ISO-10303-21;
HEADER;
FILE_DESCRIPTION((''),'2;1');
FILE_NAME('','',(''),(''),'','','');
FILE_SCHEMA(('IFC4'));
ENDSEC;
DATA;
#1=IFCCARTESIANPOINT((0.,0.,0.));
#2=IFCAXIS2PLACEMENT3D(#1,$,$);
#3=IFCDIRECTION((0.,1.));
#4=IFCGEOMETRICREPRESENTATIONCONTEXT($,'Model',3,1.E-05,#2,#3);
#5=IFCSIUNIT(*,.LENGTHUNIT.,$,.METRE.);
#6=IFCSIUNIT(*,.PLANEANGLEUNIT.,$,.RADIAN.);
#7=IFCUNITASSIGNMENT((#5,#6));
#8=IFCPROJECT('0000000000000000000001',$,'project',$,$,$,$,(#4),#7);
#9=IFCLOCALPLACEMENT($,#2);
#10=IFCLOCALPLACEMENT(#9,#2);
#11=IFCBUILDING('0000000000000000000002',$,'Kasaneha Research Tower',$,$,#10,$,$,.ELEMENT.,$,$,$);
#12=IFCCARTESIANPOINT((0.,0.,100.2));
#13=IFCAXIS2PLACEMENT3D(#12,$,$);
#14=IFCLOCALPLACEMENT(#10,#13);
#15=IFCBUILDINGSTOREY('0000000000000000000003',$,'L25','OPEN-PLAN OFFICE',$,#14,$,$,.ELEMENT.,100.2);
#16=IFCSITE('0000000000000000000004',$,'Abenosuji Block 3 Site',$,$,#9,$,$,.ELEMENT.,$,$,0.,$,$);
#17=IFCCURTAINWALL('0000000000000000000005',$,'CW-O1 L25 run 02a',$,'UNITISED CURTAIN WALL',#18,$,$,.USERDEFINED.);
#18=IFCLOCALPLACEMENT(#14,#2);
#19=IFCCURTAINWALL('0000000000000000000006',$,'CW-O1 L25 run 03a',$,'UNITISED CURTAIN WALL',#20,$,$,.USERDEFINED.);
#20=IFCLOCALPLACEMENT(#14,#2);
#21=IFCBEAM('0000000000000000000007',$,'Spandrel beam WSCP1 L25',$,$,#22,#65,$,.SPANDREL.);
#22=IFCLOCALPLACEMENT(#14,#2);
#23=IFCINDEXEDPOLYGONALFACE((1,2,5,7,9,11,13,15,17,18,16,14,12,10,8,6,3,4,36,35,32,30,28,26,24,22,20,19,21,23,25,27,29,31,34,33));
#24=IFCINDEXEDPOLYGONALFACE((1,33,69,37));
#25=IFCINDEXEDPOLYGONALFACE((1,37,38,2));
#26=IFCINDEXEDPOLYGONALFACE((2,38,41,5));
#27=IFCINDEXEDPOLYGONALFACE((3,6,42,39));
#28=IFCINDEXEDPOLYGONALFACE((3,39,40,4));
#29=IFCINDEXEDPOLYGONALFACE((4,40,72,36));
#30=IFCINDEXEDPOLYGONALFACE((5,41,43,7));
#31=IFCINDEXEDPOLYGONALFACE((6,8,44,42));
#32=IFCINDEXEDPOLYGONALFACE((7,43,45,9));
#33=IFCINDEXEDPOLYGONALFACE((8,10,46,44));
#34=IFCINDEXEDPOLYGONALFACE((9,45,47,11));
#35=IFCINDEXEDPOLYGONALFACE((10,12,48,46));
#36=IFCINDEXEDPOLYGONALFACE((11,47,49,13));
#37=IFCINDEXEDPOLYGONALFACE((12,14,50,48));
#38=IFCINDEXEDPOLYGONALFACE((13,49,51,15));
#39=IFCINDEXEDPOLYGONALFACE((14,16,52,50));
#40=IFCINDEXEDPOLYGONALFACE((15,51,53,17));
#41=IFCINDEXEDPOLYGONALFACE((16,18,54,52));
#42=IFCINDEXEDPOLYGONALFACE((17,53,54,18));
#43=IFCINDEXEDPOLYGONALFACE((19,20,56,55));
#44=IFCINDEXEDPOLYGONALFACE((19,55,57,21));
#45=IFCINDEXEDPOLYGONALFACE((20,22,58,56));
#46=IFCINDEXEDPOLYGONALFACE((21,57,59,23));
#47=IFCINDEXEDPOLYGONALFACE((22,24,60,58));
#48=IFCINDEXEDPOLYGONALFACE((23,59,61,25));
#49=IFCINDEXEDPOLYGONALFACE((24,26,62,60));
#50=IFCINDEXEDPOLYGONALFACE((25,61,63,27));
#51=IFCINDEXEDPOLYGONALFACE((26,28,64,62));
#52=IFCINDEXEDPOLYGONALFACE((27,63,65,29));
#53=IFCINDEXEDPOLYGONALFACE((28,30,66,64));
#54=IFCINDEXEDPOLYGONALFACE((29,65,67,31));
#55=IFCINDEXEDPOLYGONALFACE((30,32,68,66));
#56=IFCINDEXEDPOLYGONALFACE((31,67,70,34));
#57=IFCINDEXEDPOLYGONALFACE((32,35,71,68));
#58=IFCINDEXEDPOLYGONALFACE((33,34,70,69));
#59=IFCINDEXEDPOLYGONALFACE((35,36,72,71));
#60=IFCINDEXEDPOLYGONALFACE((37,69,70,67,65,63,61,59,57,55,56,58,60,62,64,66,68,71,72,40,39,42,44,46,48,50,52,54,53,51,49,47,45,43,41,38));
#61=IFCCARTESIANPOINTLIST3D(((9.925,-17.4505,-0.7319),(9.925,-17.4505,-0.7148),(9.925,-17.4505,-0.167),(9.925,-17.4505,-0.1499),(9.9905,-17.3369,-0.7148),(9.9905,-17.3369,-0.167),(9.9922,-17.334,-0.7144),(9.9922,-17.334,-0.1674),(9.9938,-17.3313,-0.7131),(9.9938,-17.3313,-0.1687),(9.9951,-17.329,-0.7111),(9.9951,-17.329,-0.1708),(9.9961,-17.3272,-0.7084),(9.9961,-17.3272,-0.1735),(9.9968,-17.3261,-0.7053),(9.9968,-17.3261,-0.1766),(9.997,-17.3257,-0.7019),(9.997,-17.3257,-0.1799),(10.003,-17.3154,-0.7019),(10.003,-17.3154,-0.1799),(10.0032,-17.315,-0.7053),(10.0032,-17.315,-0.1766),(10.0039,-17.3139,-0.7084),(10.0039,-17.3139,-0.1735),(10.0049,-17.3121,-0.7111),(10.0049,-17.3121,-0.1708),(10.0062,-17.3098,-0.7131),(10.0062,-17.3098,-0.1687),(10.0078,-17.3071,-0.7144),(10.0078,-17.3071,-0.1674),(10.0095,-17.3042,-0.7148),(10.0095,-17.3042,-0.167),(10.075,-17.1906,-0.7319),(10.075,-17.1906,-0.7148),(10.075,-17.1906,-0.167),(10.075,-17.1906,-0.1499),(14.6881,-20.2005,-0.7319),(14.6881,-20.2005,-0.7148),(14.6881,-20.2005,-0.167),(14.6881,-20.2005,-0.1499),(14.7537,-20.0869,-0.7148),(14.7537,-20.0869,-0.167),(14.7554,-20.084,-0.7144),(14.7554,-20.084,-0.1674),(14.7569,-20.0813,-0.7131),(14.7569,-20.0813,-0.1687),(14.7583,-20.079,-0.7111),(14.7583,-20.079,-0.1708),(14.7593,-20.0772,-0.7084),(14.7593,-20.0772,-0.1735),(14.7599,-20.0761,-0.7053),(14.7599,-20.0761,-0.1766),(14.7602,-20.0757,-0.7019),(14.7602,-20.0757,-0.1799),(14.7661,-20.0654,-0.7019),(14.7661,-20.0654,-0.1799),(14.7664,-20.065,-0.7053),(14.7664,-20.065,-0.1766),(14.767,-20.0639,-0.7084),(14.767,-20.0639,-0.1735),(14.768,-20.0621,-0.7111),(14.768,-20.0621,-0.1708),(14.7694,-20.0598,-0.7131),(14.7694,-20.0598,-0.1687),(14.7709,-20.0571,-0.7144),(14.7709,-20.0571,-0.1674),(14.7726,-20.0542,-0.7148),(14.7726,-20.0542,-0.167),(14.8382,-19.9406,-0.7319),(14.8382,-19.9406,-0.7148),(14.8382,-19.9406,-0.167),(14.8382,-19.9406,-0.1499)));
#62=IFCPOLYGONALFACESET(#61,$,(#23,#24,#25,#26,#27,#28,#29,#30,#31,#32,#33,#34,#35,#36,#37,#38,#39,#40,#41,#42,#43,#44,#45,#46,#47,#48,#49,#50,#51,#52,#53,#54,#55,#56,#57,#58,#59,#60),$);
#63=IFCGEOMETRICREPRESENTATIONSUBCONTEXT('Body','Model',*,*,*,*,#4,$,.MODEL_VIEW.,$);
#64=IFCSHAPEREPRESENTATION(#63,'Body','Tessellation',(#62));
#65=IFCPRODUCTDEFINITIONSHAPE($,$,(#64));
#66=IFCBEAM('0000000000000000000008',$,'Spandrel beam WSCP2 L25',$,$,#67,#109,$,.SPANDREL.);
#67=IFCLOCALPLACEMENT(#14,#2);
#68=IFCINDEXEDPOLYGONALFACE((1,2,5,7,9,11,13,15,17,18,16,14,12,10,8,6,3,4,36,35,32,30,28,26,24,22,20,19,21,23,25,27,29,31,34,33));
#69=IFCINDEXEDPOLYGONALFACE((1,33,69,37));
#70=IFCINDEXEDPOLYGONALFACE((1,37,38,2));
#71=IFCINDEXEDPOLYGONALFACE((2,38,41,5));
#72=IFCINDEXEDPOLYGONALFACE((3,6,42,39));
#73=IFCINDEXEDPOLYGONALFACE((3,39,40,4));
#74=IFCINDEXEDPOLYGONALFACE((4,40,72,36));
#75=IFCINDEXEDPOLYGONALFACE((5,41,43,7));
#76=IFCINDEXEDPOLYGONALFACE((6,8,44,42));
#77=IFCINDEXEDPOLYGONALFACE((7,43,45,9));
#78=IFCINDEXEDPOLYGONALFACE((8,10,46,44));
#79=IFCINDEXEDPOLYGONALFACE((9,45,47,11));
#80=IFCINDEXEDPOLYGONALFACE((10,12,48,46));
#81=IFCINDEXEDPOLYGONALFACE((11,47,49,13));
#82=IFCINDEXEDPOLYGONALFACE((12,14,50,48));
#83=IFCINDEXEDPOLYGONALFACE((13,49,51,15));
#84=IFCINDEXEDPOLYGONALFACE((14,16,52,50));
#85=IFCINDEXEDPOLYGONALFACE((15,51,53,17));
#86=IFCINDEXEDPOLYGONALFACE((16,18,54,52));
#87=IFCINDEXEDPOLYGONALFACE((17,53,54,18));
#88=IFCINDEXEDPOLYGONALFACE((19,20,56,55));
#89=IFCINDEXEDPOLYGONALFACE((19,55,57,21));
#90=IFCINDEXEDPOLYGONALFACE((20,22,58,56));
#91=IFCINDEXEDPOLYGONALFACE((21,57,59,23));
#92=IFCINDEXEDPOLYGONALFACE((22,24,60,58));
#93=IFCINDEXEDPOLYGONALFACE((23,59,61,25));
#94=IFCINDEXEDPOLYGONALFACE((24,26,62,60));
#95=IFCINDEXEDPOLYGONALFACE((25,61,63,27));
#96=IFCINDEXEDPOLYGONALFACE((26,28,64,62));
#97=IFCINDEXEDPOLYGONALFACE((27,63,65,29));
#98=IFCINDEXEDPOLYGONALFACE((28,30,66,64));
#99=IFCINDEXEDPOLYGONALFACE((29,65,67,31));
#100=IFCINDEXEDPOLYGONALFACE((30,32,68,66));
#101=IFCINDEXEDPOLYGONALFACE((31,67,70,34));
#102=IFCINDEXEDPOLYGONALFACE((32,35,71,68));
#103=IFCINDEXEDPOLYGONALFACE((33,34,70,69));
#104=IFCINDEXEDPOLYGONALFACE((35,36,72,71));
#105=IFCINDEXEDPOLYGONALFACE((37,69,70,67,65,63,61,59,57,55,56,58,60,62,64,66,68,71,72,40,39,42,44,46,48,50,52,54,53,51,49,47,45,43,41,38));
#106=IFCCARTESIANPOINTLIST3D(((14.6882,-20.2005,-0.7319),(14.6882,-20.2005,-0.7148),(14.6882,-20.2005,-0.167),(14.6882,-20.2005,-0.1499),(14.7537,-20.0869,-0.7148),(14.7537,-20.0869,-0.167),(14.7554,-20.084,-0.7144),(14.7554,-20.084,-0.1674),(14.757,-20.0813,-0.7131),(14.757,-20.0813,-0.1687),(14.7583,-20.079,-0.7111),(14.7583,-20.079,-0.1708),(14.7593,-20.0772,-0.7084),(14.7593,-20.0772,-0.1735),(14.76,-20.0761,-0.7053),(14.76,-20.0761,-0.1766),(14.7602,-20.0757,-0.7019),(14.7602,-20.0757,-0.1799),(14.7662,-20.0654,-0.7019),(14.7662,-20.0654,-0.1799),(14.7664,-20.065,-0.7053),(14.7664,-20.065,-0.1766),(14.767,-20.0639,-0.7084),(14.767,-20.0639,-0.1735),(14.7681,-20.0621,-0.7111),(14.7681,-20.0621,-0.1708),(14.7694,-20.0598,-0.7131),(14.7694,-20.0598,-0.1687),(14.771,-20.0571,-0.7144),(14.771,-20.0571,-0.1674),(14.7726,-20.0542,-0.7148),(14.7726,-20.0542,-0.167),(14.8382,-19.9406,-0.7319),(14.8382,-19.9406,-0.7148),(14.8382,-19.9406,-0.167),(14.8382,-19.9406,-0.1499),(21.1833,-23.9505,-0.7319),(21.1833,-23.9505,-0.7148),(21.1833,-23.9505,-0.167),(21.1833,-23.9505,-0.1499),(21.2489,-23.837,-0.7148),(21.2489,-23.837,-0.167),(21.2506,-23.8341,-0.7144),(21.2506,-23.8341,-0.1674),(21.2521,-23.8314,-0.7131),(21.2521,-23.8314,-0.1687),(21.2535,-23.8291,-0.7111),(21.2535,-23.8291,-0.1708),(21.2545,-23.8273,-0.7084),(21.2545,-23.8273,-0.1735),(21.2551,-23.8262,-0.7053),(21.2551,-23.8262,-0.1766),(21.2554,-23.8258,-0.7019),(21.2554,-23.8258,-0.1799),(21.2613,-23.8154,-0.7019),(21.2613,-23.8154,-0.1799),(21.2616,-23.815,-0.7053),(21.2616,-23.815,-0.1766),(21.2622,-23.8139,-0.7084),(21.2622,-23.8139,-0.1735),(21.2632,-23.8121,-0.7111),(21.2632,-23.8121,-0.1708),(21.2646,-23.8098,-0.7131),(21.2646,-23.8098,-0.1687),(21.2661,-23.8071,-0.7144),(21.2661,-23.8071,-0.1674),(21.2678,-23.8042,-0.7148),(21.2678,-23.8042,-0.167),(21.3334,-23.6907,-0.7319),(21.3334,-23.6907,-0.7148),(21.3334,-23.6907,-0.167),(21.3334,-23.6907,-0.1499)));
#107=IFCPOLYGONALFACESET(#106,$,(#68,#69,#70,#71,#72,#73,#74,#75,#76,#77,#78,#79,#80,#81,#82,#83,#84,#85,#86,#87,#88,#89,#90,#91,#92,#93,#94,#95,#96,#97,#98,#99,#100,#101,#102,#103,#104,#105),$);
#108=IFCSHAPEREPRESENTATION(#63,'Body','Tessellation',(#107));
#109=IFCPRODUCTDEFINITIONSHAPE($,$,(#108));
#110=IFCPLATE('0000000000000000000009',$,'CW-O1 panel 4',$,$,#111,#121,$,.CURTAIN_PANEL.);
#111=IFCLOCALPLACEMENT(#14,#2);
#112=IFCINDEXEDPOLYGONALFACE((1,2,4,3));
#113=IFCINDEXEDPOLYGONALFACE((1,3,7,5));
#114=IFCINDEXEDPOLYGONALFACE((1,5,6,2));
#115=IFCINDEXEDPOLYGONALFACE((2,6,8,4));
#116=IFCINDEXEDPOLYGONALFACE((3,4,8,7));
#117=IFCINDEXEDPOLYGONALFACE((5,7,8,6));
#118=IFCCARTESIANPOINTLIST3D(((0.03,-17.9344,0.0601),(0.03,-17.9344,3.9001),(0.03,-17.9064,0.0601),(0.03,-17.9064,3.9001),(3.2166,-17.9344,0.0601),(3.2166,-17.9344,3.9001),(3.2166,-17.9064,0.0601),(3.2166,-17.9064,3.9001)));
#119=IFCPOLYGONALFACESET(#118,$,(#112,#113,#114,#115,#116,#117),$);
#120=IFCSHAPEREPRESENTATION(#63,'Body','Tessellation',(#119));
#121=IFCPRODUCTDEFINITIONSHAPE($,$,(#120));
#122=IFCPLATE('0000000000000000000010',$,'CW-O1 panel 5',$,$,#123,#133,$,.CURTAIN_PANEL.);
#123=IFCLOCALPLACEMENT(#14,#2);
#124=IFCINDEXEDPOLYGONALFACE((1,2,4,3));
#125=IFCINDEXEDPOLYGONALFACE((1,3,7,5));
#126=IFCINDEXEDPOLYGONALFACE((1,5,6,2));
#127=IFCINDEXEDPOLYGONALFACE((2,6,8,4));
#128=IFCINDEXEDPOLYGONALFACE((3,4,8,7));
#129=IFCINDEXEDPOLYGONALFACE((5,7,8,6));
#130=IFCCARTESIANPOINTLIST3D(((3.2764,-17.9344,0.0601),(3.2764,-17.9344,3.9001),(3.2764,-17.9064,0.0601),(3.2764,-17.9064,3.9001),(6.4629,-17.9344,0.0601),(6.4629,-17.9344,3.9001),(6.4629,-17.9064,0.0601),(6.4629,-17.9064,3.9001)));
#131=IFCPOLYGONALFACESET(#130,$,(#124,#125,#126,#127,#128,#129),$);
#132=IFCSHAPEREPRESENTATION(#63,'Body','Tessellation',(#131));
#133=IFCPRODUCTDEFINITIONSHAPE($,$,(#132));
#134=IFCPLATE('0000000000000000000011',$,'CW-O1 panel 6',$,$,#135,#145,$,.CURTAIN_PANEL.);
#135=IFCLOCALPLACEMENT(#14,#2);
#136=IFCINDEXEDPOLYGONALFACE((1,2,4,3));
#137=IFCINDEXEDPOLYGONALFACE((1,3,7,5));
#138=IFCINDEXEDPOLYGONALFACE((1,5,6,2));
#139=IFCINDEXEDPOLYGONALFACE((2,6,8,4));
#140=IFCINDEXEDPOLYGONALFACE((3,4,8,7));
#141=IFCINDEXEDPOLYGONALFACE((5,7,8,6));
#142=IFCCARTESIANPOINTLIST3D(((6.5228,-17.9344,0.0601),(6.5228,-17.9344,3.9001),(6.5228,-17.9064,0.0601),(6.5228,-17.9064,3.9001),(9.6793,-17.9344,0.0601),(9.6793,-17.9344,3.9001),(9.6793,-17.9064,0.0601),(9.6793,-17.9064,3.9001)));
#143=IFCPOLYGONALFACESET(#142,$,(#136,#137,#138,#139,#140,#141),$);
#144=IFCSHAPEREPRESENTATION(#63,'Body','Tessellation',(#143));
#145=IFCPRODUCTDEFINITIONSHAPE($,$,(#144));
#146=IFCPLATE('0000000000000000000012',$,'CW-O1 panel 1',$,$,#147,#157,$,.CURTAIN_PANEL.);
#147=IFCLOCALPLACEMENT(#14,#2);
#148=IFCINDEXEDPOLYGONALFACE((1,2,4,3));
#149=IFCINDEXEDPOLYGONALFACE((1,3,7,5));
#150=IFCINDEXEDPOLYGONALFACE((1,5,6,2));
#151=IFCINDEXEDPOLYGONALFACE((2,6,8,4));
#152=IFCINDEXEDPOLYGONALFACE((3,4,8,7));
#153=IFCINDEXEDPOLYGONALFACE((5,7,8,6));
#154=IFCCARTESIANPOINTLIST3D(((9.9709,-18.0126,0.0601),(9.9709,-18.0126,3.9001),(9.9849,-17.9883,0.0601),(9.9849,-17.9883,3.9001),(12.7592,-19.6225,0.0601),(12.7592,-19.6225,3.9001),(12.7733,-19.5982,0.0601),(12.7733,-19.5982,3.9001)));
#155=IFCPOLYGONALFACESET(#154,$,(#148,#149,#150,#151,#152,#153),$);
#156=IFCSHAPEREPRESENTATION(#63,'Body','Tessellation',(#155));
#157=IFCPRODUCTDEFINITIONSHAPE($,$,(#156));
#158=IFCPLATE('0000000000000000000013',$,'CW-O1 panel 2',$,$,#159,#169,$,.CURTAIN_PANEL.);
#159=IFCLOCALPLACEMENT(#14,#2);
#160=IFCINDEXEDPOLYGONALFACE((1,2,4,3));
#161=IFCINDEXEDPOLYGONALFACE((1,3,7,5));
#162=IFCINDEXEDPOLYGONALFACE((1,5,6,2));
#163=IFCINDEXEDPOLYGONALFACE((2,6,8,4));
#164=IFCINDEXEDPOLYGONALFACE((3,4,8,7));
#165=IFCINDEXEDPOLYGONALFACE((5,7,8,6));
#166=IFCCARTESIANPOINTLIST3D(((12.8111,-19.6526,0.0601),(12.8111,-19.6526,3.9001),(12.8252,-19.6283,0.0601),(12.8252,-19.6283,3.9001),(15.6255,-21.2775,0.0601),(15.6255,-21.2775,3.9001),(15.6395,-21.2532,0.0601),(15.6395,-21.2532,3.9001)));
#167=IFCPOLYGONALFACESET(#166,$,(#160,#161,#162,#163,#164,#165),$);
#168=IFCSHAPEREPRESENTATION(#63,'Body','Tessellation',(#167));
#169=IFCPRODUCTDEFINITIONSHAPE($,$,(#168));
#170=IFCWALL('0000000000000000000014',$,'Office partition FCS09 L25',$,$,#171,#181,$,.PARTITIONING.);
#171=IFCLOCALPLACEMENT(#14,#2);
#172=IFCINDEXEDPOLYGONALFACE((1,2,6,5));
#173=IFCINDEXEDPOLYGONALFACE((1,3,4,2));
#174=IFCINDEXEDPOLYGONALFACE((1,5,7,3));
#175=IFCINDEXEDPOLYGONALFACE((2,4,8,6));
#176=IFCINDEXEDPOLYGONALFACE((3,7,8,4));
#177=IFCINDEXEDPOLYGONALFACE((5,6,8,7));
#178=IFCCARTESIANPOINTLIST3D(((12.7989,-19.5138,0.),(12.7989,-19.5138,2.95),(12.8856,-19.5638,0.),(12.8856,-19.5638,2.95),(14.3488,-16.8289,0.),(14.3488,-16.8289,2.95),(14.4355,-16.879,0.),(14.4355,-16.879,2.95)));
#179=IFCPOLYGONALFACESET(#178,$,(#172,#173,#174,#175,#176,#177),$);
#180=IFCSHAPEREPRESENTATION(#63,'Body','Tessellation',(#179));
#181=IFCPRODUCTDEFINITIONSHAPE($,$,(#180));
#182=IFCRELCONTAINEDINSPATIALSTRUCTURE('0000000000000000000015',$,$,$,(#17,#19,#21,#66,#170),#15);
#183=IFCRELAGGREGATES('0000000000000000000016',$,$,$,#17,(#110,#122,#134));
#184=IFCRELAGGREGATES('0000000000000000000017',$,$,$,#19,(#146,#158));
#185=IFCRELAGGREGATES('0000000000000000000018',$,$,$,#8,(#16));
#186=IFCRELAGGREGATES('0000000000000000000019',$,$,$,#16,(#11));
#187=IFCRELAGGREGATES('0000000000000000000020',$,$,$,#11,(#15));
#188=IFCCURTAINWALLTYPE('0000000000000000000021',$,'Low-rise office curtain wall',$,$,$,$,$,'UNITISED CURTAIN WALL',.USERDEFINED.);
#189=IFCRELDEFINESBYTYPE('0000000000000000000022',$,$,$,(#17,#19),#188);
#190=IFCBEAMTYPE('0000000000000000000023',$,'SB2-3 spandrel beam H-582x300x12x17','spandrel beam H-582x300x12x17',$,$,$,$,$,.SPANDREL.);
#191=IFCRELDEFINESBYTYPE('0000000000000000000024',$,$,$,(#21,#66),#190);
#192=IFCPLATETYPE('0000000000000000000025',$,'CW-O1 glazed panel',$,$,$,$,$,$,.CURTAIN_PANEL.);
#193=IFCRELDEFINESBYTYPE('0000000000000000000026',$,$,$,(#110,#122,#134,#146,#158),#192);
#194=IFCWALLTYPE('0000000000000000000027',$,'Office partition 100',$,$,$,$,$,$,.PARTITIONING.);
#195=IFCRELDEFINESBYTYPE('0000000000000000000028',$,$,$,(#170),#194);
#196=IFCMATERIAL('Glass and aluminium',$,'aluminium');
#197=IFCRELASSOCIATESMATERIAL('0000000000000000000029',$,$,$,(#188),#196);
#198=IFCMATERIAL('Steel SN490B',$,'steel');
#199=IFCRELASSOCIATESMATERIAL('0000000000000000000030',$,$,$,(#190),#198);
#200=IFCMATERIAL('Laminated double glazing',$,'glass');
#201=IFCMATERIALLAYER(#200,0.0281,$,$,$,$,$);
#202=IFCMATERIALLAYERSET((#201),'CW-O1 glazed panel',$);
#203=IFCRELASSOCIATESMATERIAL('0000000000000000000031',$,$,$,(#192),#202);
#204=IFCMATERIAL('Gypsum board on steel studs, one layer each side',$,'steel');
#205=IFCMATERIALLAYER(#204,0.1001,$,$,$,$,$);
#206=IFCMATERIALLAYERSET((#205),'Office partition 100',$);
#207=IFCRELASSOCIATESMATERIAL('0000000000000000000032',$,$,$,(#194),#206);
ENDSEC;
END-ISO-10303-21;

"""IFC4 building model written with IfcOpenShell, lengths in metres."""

from ifc_helpers import new_model, si_unit, direction, frame, frame_2d, origin, origin_2d, place, context, subcontext, project, spatial, rectangle, i_section, extrude, material, layer, layer_set, material_profile, profile_set, type_object, element, aggregate, save


model = new_model("IFC4")

# Units and contexts
model_context = context("Model", 3, precision=1e-05, world=origin(), true_north=direction((0.0, 1.0)))
body_context = subcontext(model_context, "Body", "Model", "MODEL_VIEW")
ifc_project = project(units=[si_unit("LENGTHUNIT", "METRE"), si_unit("PLANEANGLEUNIT", "RADIAN")], contexts=[model_context])

# Site, building, storey
site_placement = place(None, origin())
site = spatial("IfcSite", under=ifc_project, at=site_placement, Name="Abenosuji Block 3 Site", CompositionType="ELEMENT", RefElevation=0.0)
building_placement = place(site_placement, origin())
building = spatial("IfcBuilding", under=site, at=building_placement, Name="Kasaneha Research Tower", CompositionType="ELEMENT")
storey_placement = place(building_placement, frame((0.0, 0.0, 100.2)))
storey = spatial("IfcBuildingStorey", under=building, at=storey_placement, Name="L25", Description="OPEN-PLAN OFFICE", CompositionType="ELEMENT", Elevation=100.2)

# Curtain walls
ifc_material_1 = material(Name="Glass and aluminium", Category="aluminium")
curtain_wall_type = type_object("IfcCurtainWallType", Name="Low-rise office curtain wall", ElementType="UNITISED CURTAIN WALL", PredefinedType="USERDEFINED", material=ifc_material_1)
curtain_wall_1_placement = place(storey_placement, origin())
curtain_wall_1 = element("IfcCurtainWall", 1, at=curtain_wall_1_placement, inside=storey, type_object=curtain_wall_type, Name="CW-O1 L25 run 02a", ObjectType="UNITISED CURTAIN WALL", PredefinedType="USERDEFINED")
curtain_wall_2_placement = place(storey_placement, origin())
curtain_wall_2 = element("IfcCurtainWall", 2, at=curtain_wall_2_placement, inside=storey, type_object=curtain_wall_type, Name="CW-O1 L25 run 03a", ObjectType="UNITISED CURTAIN WALL", PredefinedType="USERDEFINED")

# Beams
ifc_material_2 = material(Name="Steel SN490B", Category="steel")
ifc_material_profile_1 = material_profile(ifc_material_2, i_section(OverallWidth=0.3, OverallDepth=0.582, WebThickness=0.012, FlangeThickness=0.0171, FilletRadius=0.0129, at=origin_2d()), Name="H-582x300x12x17")
ifc_profile_set_1 = profile_set([ifc_material_profile_1], Name="Steel SN490B")
beam_type_1 = type_object("IfcBeamType", Name="SB2-3 spandrel beam H-582x300x12x17", Description="spandrel beam H-582x300x12x17", PredefinedType="SPANDREL", material=ifc_profile_set_1)
beam_1_placement = place(storey_placement, frame((10.0, -17.3206, -0.4409), z_axis=(0.866027, -0.499997, 0.0), x_axis=(0.499997, 0.866027, 0.0)))
element("IfcBeam", 3, at=beam_1_placement, inside=storey, type_object=beam_type_1, Name="Spandrel beam WSCP1 L25", PredefinedType="SPANDREL", context=body_context, shape_type="SweptSolid", body=[
    extrude(i_section(OverallWidth=0.3, OverallDepth=0.582, WebThickness=0.012, FlangeThickness=0.0171, FilletRadius=0.0129, at=origin_2d()), origin(), (0.0, 0.0, 1.0), 5.5),
])
beam_2_placement = place(storey_placement, frame((14.7632, -20.0706, -0.4409), z_axis=(0.866023, -0.500004, 0.0), x_axis=(0.500004, 0.866023, 0.0)))
element("IfcBeam", 4, at=beam_2_placement, inside=storey, type_object=beam_type_1, Name="Spandrel beam WSCP2 L25", PredefinedType="SPANDREL", context=body_context, shape_type="SweptSolid", body=[
    extrude(i_section(OverallWidth=0.3, OverallDepth=0.582, WebThickness=0.012, FlangeThickness=0.0171, FilletRadius=0.0129, at=origin_2d()), origin(), (0.0, 0.0, 1.0), 7.5),
])

# Plates
ifc_material_3 = material(Name="Laminated double glazing", Category="glass")
ifc_layer_1 = layer(ifc_material_3, 0.0281)
ifc_layer_set_1 = layer_set([ifc_layer_1], Name="CW-O1 glazed panel")
plate_type = type_object("IfcPlateType", Name="CW-O1 glazed panel", PredefinedType="CURTAIN_PANEL", material=ifc_layer_set_1)
plate_1_placement = place(storey_placement, frame((1.6233, -17.9204, 0.0601), z_axis=(0.0, 0.0, 1.0), x_axis=(1.0, 0.0, 0.0)))
plate_1 = element("IfcPlate", 5, at=plate_1_placement, type_object=plate_type, Name="CW-O1 panel 4", PredefinedType="CURTAIN_PANEL", context=body_context, shape_type="SweptSolid", body=[
    extrude(rectangle(XDim=3.1865, YDim=0.0281, at=origin_2d()), origin(), (0.0, 0.0, 1.0), 3.8401),
])
plate_2_placement = place(storey_placement, frame((4.8696, -17.9204, 0.0601), z_axis=(0.0, 0.0, 1.0), x_axis=(1.0, 0.0, 0.0)))
plate_2 = element("IfcPlate", 6, at=plate_2_placement, type_object=plate_type, Name="CW-O1 panel 5", PredefinedType="CURTAIN_PANEL", context=body_context, shape_type="SweptSolid", body=[
    extrude(rectangle(XDim=3.1865, YDim=0.0281, at=origin_2d()), origin(), (0.0, 0.0, 1.0), 3.8401),
])
plate_3_placement = place(storey_placement, frame((8.1011, -17.9204, 0.0601), z_axis=(0.0, 0.0, 1.0), x_axis=(1.0, 0.0, 0.0)))
plate_3 = element("IfcPlate", 7, at=plate_3_placement, type_object=plate_type, Name="CW-O1 panel 6", PredefinedType="CURTAIN_PANEL", context=body_context, shape_type="SweptSolid", body=[
    extrude(rectangle(XDim=3.1565, YDim=0.0281, at=origin_2d()), origin(), (0.0, 0.0, 1.0), 3.8401),
])
aggregate(curtain_wall_1, [plate_1, plate_2, plate_3])
plate_4_placement = place(storey_placement, frame((11.3721, -18.8054, 0.0601), z_axis=(0.0, 0.0, 1.0), x_axis=(0.866025, -0.5, 0.0)))
plate_4 = element("IfcPlate", 8, at=plate_4_placement, type_object=plate_type, Name="CW-O1 panel 1", PredefinedType="CURTAIN_PANEL", context=body_context, shape_type="SweptSolid", body=[
    extrude(rectangle(XDim=3.2197, YDim=0.0281, at=origin_2d()), origin(), (0.0, 0.0, 1.0), 3.8401),
])
plate_5_placement = place(storey_placement, frame((14.2253, -20.4529, 0.0601), z_axis=(0.0, 0.0, 1.0), x_axis=(0.866025, -0.5, 0.0)))
plate_5 = element("IfcPlate", 9, at=plate_5_placement, type_object=plate_type, Name="CW-O1 panel 2", PredefinedType="CURTAIN_PANEL", context=body_context, shape_type="SweptSolid", body=[
    extrude(rectangle(XDim=3.2498, YDim=0.0281, at=origin_2d()), origin(), (0.0, 0.0, 1.0), 3.8401),
])
aggregate(curtain_wall_2, [plate_4, plate_5])

# Wall
ifc_material_4 = material(Name="Gypsum board on steel studs, one layer each side", Category="steel")
ifc_layer_2 = layer(ifc_material_4, 0.1001)
ifc_layer_set_2 = layer_set([ifc_layer_2], Name="Office partition 100")
wall_type = type_object("IfcWallType", Name="Office partition 100", PredefinedType="PARTITIONING", material=ifc_layer_set_2)
wall_1_placement = place(storey_placement, frame((12.8423, -19.5388, 0.0), z_axis=(0.0, 0.0, 1.0), x_axis=(0.499934, 0.866064, 0.0)))
element("IfcWall", 10, at=wall_1_placement, inside=storey, type_object=wall_type, Name="Office partition FCS09 L25", PredefinedType="PARTITIONING", context=body_context, shape_type="SweptSolid", body=[
    extrude(rectangle(XDim=3.1001, YDim=0.1001, at=frame_2d((1.55, 0.0))), origin(), (0.0, 0.0, 1.0), 2.95),
])

save(model, "model.ifc")
